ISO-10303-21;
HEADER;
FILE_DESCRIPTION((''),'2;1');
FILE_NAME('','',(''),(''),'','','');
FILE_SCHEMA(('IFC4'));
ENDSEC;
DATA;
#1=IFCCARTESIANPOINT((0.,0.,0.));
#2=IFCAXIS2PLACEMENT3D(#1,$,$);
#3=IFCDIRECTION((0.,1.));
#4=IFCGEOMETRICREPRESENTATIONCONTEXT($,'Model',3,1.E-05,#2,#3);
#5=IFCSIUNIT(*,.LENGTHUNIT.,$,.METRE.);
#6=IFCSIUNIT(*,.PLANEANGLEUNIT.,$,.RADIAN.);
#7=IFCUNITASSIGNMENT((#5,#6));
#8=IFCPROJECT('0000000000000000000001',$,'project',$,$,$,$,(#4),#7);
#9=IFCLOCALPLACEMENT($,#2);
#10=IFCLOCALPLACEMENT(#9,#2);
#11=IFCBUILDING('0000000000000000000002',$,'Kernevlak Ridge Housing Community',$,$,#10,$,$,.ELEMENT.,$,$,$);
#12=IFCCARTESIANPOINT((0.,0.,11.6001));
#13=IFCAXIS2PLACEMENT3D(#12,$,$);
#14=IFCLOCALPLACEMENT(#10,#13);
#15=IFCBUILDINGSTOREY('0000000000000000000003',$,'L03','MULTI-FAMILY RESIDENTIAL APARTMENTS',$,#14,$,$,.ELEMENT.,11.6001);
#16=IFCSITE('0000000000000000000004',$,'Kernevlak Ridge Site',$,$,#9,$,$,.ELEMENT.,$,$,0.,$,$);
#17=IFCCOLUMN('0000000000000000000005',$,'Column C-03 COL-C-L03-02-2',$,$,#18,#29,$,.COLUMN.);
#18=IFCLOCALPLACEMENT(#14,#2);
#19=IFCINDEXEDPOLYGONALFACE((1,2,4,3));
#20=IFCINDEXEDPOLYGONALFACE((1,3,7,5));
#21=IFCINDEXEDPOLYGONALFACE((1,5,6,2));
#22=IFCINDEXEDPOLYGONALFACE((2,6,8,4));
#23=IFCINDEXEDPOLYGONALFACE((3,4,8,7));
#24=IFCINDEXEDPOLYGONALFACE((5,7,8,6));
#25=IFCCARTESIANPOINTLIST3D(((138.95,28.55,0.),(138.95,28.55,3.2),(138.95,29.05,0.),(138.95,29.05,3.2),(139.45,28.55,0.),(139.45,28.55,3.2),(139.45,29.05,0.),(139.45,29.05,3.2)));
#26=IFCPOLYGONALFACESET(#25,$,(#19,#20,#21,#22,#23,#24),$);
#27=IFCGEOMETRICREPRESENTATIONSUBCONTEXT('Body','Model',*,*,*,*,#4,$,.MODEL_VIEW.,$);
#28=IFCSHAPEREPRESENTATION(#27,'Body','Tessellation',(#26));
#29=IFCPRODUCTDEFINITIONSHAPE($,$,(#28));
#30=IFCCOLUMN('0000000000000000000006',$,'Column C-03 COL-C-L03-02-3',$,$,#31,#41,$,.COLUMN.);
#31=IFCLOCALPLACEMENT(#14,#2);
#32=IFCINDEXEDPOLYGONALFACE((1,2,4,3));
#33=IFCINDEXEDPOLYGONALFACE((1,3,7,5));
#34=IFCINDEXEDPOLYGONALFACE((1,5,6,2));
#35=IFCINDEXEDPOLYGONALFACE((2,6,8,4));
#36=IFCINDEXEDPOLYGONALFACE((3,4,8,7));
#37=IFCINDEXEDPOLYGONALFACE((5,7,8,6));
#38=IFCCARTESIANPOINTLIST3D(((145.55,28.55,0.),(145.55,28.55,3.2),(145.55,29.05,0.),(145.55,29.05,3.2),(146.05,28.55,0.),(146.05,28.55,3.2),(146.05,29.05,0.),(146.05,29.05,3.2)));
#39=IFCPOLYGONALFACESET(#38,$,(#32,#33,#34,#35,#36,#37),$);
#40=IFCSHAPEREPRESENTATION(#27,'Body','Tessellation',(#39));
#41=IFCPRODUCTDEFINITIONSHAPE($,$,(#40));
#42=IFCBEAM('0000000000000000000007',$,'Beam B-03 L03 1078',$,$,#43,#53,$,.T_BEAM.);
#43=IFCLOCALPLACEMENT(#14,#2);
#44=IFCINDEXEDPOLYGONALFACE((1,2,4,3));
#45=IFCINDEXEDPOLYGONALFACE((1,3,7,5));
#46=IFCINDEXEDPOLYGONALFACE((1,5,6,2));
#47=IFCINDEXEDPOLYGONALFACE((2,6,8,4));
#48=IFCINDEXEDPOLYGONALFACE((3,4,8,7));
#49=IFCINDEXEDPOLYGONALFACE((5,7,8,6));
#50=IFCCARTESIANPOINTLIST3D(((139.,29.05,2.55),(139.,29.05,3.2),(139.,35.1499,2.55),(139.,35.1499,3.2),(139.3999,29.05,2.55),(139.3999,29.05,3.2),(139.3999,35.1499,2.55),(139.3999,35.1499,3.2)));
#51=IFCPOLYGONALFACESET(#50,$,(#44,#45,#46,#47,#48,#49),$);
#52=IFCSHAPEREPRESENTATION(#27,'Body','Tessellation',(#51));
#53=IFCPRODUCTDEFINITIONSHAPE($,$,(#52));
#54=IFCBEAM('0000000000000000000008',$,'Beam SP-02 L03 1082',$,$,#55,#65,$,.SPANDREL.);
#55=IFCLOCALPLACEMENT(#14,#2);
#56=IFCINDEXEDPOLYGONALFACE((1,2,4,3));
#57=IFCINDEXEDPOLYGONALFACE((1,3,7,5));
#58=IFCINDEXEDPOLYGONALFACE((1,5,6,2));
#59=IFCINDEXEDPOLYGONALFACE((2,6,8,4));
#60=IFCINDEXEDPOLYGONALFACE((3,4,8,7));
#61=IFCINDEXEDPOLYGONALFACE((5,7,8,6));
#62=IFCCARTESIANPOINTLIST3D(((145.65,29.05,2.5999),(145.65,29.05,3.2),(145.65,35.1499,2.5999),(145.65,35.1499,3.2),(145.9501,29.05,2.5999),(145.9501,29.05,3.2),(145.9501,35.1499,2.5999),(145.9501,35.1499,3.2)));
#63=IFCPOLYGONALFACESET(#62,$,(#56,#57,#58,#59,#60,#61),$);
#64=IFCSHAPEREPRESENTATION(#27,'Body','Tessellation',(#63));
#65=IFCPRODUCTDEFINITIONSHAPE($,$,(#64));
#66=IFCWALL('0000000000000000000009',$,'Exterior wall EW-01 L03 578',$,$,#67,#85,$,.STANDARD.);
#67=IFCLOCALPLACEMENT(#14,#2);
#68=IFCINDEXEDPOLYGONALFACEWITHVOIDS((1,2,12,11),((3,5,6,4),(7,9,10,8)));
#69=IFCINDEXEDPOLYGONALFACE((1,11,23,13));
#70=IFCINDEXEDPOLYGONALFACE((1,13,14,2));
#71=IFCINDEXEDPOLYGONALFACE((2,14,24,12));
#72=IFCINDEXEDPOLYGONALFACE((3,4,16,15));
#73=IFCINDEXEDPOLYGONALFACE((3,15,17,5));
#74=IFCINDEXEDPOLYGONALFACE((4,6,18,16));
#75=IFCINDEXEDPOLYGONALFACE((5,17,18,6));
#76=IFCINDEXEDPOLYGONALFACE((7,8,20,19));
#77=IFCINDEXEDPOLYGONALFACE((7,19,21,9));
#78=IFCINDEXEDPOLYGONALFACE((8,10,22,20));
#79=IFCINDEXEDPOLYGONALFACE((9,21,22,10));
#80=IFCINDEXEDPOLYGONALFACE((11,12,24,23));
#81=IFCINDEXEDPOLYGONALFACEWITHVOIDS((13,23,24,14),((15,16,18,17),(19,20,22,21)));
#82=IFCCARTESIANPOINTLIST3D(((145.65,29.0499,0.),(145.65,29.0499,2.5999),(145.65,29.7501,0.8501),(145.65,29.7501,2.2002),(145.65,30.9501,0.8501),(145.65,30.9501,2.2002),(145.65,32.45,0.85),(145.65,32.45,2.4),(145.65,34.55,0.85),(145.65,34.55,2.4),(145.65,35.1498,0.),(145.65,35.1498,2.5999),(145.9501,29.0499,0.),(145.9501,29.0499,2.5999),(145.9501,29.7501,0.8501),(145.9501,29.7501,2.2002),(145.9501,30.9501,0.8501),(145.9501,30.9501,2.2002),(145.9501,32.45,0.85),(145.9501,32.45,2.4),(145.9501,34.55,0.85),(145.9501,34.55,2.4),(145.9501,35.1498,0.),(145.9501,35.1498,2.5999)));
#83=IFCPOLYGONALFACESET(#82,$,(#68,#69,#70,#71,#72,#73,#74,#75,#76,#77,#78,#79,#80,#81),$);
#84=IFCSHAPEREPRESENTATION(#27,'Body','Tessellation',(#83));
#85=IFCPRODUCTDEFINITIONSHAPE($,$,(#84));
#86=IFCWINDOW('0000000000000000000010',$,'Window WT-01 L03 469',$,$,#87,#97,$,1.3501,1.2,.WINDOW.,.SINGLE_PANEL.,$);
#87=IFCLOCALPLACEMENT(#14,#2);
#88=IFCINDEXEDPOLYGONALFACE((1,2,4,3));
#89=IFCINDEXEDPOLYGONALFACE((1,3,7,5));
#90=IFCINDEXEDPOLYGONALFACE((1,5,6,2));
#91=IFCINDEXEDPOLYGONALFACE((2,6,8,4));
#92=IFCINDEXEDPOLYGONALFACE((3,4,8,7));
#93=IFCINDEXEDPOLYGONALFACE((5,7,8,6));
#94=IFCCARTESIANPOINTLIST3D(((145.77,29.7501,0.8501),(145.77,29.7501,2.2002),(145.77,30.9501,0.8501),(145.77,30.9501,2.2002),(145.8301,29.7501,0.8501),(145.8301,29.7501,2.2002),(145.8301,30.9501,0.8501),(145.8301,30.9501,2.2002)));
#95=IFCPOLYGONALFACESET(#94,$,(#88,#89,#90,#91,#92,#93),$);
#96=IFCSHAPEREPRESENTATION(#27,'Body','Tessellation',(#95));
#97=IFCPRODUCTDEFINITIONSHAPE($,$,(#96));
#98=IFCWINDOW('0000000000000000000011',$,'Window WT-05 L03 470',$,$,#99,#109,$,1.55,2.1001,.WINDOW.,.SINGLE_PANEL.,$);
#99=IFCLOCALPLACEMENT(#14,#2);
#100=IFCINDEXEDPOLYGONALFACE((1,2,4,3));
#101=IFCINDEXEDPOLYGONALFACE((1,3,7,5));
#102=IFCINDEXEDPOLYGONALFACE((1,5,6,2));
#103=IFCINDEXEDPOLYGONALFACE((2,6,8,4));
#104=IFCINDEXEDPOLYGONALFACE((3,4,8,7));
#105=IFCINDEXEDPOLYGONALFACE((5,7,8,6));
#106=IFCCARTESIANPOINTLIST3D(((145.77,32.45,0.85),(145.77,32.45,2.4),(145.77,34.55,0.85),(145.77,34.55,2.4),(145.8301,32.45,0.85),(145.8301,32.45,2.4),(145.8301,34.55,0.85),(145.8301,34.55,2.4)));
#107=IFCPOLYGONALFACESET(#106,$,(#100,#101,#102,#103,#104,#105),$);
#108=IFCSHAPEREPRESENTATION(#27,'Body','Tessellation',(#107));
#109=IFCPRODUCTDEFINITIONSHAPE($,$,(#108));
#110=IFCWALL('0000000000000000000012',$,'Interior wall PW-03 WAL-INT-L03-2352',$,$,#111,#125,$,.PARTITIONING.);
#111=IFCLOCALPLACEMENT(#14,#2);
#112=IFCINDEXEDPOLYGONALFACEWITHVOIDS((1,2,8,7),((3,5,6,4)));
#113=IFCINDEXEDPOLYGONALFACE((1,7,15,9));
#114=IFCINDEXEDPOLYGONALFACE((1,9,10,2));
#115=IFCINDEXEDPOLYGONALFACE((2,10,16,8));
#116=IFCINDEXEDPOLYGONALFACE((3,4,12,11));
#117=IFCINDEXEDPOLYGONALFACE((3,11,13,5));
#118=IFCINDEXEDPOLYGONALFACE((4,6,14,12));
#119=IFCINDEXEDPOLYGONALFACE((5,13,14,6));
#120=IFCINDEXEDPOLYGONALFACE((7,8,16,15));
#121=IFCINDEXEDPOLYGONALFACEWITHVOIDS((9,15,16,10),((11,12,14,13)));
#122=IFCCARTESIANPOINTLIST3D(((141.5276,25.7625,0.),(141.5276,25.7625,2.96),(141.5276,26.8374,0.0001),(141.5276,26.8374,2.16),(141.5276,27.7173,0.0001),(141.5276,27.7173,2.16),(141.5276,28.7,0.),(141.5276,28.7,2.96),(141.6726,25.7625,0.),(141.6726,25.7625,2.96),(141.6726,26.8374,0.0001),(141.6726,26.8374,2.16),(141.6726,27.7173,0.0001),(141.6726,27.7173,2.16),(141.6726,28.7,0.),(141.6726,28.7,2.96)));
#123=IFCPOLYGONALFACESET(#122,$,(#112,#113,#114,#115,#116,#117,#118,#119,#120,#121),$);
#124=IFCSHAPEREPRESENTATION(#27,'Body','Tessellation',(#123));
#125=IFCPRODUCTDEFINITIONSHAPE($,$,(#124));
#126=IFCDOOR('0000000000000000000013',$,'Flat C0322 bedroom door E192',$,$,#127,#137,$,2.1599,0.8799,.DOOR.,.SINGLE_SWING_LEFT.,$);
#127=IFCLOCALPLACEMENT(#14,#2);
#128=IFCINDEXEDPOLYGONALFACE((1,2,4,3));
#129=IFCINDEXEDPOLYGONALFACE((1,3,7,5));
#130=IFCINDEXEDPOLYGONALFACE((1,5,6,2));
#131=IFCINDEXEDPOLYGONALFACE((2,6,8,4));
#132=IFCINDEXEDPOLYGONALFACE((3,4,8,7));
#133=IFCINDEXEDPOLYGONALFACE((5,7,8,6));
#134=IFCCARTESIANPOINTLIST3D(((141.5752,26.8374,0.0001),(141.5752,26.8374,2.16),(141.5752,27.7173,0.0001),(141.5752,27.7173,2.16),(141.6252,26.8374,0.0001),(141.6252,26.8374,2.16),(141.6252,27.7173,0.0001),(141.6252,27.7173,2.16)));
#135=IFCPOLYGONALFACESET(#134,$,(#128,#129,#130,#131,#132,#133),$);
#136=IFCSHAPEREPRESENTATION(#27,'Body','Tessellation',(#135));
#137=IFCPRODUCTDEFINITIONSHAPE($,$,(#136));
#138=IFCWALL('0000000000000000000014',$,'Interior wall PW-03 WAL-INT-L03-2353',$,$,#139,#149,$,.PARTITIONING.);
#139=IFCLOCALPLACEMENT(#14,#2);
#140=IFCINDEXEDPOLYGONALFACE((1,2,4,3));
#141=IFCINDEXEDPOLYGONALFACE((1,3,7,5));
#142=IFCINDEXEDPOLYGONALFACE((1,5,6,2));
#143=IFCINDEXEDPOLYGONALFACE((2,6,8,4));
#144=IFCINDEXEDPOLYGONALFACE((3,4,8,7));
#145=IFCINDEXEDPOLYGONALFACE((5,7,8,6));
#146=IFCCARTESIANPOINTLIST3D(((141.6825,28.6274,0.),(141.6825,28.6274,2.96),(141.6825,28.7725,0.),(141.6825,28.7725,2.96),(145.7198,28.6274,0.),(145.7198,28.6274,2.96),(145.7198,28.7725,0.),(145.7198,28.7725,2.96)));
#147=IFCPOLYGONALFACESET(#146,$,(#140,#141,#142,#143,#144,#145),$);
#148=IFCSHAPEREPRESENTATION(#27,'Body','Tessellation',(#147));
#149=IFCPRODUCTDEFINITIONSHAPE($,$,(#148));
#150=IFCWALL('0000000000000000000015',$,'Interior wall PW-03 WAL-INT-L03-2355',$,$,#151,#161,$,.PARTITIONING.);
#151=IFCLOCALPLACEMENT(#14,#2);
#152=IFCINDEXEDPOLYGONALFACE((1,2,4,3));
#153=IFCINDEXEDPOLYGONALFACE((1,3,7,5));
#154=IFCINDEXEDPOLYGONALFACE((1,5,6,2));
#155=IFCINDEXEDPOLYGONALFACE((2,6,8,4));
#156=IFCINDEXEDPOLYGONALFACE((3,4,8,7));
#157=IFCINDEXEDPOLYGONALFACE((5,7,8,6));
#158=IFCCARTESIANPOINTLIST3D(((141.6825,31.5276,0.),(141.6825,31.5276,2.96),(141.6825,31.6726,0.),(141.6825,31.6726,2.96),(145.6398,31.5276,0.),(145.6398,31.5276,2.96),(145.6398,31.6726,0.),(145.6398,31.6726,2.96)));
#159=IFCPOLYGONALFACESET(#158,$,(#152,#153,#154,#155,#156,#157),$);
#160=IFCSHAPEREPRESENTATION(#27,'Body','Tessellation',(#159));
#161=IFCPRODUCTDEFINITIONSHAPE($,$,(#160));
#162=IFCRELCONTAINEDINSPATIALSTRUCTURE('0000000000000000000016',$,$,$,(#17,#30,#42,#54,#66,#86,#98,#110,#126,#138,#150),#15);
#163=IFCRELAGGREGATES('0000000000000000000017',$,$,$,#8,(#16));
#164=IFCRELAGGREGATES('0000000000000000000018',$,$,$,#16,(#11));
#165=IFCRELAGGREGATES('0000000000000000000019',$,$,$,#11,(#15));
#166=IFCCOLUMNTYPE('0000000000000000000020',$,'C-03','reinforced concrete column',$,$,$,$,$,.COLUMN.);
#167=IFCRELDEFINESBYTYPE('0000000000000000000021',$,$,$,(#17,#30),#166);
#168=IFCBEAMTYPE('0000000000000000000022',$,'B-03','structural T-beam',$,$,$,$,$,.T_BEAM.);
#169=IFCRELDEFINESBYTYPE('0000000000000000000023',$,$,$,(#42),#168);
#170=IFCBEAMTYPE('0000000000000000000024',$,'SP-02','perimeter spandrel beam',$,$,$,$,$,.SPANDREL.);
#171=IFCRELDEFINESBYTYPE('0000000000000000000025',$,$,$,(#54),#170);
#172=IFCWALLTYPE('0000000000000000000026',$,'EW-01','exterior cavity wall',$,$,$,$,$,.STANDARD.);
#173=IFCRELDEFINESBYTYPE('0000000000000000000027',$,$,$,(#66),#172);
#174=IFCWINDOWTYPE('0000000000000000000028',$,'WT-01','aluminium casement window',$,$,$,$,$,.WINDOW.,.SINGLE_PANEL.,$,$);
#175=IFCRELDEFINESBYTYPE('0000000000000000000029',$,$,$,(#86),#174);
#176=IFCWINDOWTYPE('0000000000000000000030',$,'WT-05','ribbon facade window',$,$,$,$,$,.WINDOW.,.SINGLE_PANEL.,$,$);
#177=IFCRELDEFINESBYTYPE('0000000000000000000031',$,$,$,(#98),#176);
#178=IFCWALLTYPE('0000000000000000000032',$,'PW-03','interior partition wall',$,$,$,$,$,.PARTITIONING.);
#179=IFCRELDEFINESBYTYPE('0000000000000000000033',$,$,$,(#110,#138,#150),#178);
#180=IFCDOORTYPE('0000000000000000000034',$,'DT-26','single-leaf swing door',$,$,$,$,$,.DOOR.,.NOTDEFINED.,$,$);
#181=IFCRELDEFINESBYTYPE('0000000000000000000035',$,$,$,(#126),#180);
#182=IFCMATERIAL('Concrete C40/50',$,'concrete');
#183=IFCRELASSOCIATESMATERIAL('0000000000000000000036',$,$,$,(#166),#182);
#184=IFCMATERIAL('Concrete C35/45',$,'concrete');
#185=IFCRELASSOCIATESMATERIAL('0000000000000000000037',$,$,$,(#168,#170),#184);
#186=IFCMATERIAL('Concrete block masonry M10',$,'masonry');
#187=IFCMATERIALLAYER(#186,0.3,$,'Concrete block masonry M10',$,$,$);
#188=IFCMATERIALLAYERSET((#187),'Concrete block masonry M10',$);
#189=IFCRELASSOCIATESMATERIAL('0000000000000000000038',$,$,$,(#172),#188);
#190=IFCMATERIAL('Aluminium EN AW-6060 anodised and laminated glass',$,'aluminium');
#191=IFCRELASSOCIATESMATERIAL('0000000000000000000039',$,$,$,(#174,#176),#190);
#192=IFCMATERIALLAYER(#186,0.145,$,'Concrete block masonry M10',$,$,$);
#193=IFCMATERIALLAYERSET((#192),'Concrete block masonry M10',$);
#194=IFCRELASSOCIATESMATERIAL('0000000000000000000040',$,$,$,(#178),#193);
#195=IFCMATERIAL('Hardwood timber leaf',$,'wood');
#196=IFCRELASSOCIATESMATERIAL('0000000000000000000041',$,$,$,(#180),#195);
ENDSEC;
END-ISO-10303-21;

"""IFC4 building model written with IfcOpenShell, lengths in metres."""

from ifc_helpers import new_model, si_unit, direction, frame, frame_2d, origin, origin_2d, place, context, subcontext, project, spatial, rectangle, extrude, material, layer, layer_set, material_profile, profile_set, type_object, element, fill, save


model = new_model("IFC4")

# Units and contexts
model_context = context("Model", 3, precision=1e-05, world=origin(), true_north=direction((0.0, 1.0)))
body_context = subcontext(model_context, "Body", "Model", "MODEL_VIEW")
ifc_project = project(units=[si_unit("LENGTHUNIT", "METRE"), si_unit("PLANEANGLEUNIT", "RADIAN")], contexts=[model_context])

# Site, building, storey
site_placement = place(None, origin())
site = spatial("IfcSite", under=ifc_project, at=site_placement, Name="Kernevlak Ridge Site", CompositionType="ELEMENT", RefElevation=0.0)
building_placement = place(site_placement, origin())
building = spatial("IfcBuilding", under=site, at=building_placement, Name="Kernevlak Ridge Housing Community", CompositionType="ELEMENT")
storey_placement = place(building_placement, frame((0.0, 0.0, 11.6001)))
storey = spatial("IfcBuildingStorey", under=building, at=storey_placement, Name="L03", Description="MULTI-FAMILY RESIDENTIAL APARTMENTS", CompositionType="ELEMENT", Elevation=11.6001)

# Columns
ifc_material_1 = material(Name="Concrete C40/50", Category="concrete")
ifc_material_profile_1 = material_profile(ifc_material_1, rectangle(XDim=0.5, YDim=0.5, at=origin_2d()), Name="RC 500x500")
ifc_profile_set_1 = profile_set([ifc_material_profile_1], Name="Concrete C40/50")
column_type = type_object("IfcColumnType", Name="C-03", Description="reinforced concrete column", PredefinedType="COLUMN", material=ifc_profile_set_1)
for number, where, z_axis, x_axis, name in (
    (1, (139.2, 28.8, 0.0), (0.0, 0.0, 1.0), (1.0, 0.0, 0.0), "Column C-03 COL-C-L03-02-2"),
    (2, (145.8, 28.8, 0.0), (0.0, 0.0, 1.0), (1.0, 0.0, 0.0), "Column C-03 COL-C-L03-02-3"),
):
    element("IfcColumn", number, at=place(storey_placement, frame(where, z_axis=z_axis, x_axis=x_axis)), inside=storey, type_object=column_type, Name=name, PredefinedType="COLUMN", context=body_context, shape_type="SweptSolid", body=[
        extrude(rectangle(XDim=0.5, YDim=0.5, at=origin_2d()), origin(), (0.0, 0.0, 1.0), 3.2),
    ])

# Beams
ifc_material_2 = material(Name="Concrete C35/45", Category="concrete")
ifc_material_profile_2 = material_profile(ifc_material_2, rectangle(XDim=0.3999, YDim=0.6499, at=origin_2d()), Name="RC 400x650")
ifc_profile_set_2 = profile_set([ifc_material_profile_2], Name="Concrete C35/45")
beam_type_1 = type_object("IfcBeamType", Name="B-03", Description="structural T-beam", PredefinedType="T_BEAM", material=ifc_profile_set_2)
beam_1_placement = place(storey_placement, frame((139.2, 29.05, 2.875), z_axis=(0.0, 1.0, 0.0), x_axis=(-1.0, 0.0, 0.0)))
element("IfcBeam", 3, at=beam_1_placement, inside=storey, type_object=beam_type_1, Name="Beam B-03 L03 1078", PredefinedType="T_BEAM", context=body_context, shape_type="SweptSolid", body=[
    extrude(rectangle(XDim=0.3999, YDim=0.6499, at=origin_2d()), origin(), (0.0, 0.0, 1.0), 6.0999),
])
ifc_material_profile_3 = material_profile(ifc_material_2, rectangle(XDim=0.3, YDim=0.6001, at=origin_2d()), Name="RC 300x600")
ifc_profile_set_3 = profile_set([ifc_material_profile_3], Name="Concrete C35/45")
beam_type_2 = type_object("IfcBeamType", Name="SP-02", Description="perimeter spandrel beam", PredefinedType="SPANDREL", material=ifc_profile_set_3)
beam_2_placement = place(storey_placement, frame((145.8, 29.05, 2.8999), z_axis=(0.0, 1.0, 0.0), x_axis=(-1.0, 0.0, 0.0)))
element("IfcBeam", 4, at=beam_2_placement, inside=storey, type_object=beam_type_2, Name="Beam SP-02 L03 1082", PredefinedType="SPANDREL", context=body_context, shape_type="SweptSolid", body=[
    extrude(rectangle(XDim=0.3, YDim=0.6001, at=origin_2d()), origin(), (0.0, 0.0, 1.0), 6.0999),
])

# Wall, openings, windows
ifc_material_3 = material(Name="Concrete block masonry M10", Category="masonry")
ifc_layer_1 = layer(ifc_material_3, 0.3, Name="Concrete block masonry M10")
ifc_layer_set_1 = layer_set([ifc_layer_1], Name="Concrete block masonry M10")
wall_type_1 = type_object("IfcWallType", Name="EW-01", Description="exterior cavity wall", PredefinedType="STANDARD", material=ifc_layer_set_1)
wall_1_placement = place(storey_placement, frame((145.8, 29.05, 0.0), z_axis=(0.0, 0.0, 1.0), x_axis=(0.0, 1.0, 0.0)))
wall_1 = element("IfcWall", 5, at=wall_1_placement, inside=storey, type_object=wall_type_1, Name="Exterior wall EW-01 L03 578", PredefinedType="STANDARD", context=body_context, shape_type="SweptSolid", body=[
    extrude(rectangle(XDim=6.0999, YDim=0.3, at=frame_2d((3.0498, 0.0))), origin(), (0.0, 0.0, 1.0), 2.5999),
])
opening_1_placement = place(wall_1_placement, frame((0.7, 0.0, 0.8501)))
opening_1 = element("IfcOpeningElement", 6, at=opening_1_placement, cuts=wall_1, PredefinedType="OPENING", context=body_context, shape_type="SweptSolid", body=[
    extrude(rectangle(XDim=1.2, YDim=1.3501, at=frame_2d((0.6001, 0.675))), frame((0.0, 0.1599, 0.0), z_axis=(0.0, -1.0, 0.0), x_axis=(1.0, 0.0, 0.0)), (0.0, 0.0, 1.0), 0.3201),
])
opening_2_placement = place(wall_1_placement, frame((3.3999, 0.0, 0.8501)))
opening_2 = element("IfcOpeningElement", 7, at=opening_2_placement, cuts=wall_1, PredefinedType="OPENING", context=body_context, shape_type="SweptSolid", body=[
    extrude(rectangle(XDim=2.1001, YDim=1.55, at=frame_2d((1.05, 0.7749))), frame((0.0, 0.1599, 0.0), z_axis=(0.0, -1.0, 0.0), x_axis=(1.0, 0.0, 0.0)), (0.0, 0.0, 1.0), 0.3201),
])
ifc_material_4 = material(Name="Aluminium EN AW-6060 anodised and laminated glass", Category="aluminium")
window_type_1 = type_object("IfcWindowType", Name="WT-01", Description="aluminium casement window", PartitioningType="SINGLE_PANEL", PredefinedType="WINDOW", material=ifc_material_4)
window_1_placement = place(opening_1_placement, origin())
window_1 = element("IfcWindow", 8, at=window_1_placement, inside=storey, type_object=window_type_1, Name="Window WT-01 L03 469", OverallHeight=1.3501, OverallWidth=1.2, PartitioningType="SINGLE_PANEL", PredefinedType="WINDOW", context=body_context, shape_type="SweptSolid", body=[
    extrude(rectangle(XDim=1.2, YDim=1.3501, at=frame_2d((0.6001, 0.675))), frame((0.0, 0.03, 0.0), z_axis=(0.0, -1.0, 0.0), x_axis=(1.0, 0.0, 0.0)), (0.0, 0.0, 1.0), 0.0601),
])
fill(opening_1, window_1)
window_type_2 = type_object("IfcWindowType", Name="WT-05", Description="ribbon facade window", PartitioningType="SINGLE_PANEL", PredefinedType="WINDOW", material=ifc_material_4)
window_2_placement = place(opening_2_placement, origin())
window_2 = element("IfcWindow", 9, at=window_2_placement, inside=storey, type_object=window_type_2, Name="Window WT-05 L03 470", OverallHeight=1.55, OverallWidth=2.1001, PartitioningType="SINGLE_PANEL", PredefinedType="WINDOW", context=body_context, shape_type="SweptSolid", body=[
    extrude(rectangle(XDim=2.1001, YDim=1.55, at=frame_2d((1.05, 0.7749))), frame((0.0, 0.03, 0.0), z_axis=(0.0, -1.0, 0.0), x_axis=(1.0, 0.0, 0.0)), (0.0, 0.0, 1.0), 0.0601),
])
fill(opening_2, window_2)

# Wall, opening, door
ifc_layer_2 = layer(ifc_material_3, 0.145, Name="Concrete block masonry M10")
ifc_layer_set_2 = layer_set([ifc_layer_2], Name="Concrete block masonry M10")
wall_type_2 = type_object("IfcWallType", Name="PW-03", Description="interior partition wall", PredefinedType="PARTITIONING", material=ifc_layer_set_2)
wall_2_placement = place(storey_placement, frame((141.6001, 25.7625, 0.0), z_axis=(0.0, 0.0, 1.0), x_axis=(0.0, 1.0, 0.0)))
wall_2 = element("IfcWall", 10, at=wall_2_placement, inside=storey, type_object=wall_type_2, Name="Interior wall PW-03 WAL-INT-L03-2352", PredefinedType="PARTITIONING", context=body_context, shape_type="SweptSolid", body=[
    extrude(rectangle(XDim=2.9375, YDim=0.145, at=frame_2d((1.4688, 0.0))), origin(), (0.0, 0.0, 1.0), 2.96),
])
opening_3_placement = place(wall_2_placement, frame((1.075, 0.0, 0.0)))
opening_3 = element("IfcOpeningElement", 11, at=opening_3_placement, cuts=wall_2, PredefinedType="OPENING", context=body_context, shape_type="SweptSolid", body=[
    extrude(rectangle(XDim=0.8799, YDim=2.1599, at=frame_2d((0.4399, 1.0801))), frame((0.0, 0.0825, 0.0), z_axis=(0.0, -1.0, 0.0), x_axis=(1.0, 0.0, 0.0)), (0.0, 0.0, 1.0), 0.165),
])
ifc_material_5 = material(Name="Hardwood timber leaf", Category="wood")
door_type_1 = type_object("IfcDoorType", Name="DT-26", Description="single-leaf swing door", OperationType="NOTDEFINED", PredefinedType="DOOR", material=ifc_material_5)
door_1_placement = place(opening_3_placement, origin())
door_1 = element("IfcDoor", 12, at=door_1_placement, inside=storey, type_object=door_type_1, Name="Flat C0322 bedroom door E192", OperationType="SINGLE_SWING_LEFT", OverallHeight=2.1599, OverallWidth=0.8799, PredefinedType="DOOR", context=body_context, shape_type="SweptSolid", body=[
    extrude(rectangle(XDim=0.8799, YDim=2.1599, at=frame_2d((0.4399, 1.0801))), frame((0.0, 0.0249, 0.0), z_axis=(0.0, -1.0, 0.0), x_axis=(1.0, 0.0, 0.0)), (0.0, 0.0, 1.0), 0.05),
])
fill(opening_3, door_1)

# Wall
wall_3_placement = place(storey_placement, frame((141.6826, 28.7, 0.0), z_axis=(0.0, 0.0, 1.0), x_axis=(1.0, 0.0, 0.0)))
element("IfcWall", 13, at=wall_3_placement, inside=storey, type_object=wall_type_2, Name="Interior wall PW-03 WAL-INT-L03-2353", PredefinedType="PARTITIONING", context=body_context, shape_type="SweptSolid", body=[
    extrude(rectangle(XDim=4.0374, YDim=0.145, at=frame_2d((2.0186, 0.0))), origin(), (0.0, 0.0, 1.0), 2.96),
])

# Wall
wall_4_placement = place(storey_placement, frame((141.6826, 31.6001, 0.0), z_axis=(0.0, 0.0, 1.0), x_axis=(1.0, 0.0, 0.0)))
element("IfcWall", 14, at=wall_4_placement, inside=storey, type_object=wall_type_2, Name="Interior wall PW-03 WAL-INT-L03-2355", PredefinedType="PARTITIONING", context=body_context, shape_type="SweptSolid", body=[
    extrude(rectangle(XDim=3.9573, YDim=0.145, at=frame_2d((1.9785, 0.0))), origin(), (0.0, 0.0, 1.0), 2.96),
])

save(model, "model.ifc")
